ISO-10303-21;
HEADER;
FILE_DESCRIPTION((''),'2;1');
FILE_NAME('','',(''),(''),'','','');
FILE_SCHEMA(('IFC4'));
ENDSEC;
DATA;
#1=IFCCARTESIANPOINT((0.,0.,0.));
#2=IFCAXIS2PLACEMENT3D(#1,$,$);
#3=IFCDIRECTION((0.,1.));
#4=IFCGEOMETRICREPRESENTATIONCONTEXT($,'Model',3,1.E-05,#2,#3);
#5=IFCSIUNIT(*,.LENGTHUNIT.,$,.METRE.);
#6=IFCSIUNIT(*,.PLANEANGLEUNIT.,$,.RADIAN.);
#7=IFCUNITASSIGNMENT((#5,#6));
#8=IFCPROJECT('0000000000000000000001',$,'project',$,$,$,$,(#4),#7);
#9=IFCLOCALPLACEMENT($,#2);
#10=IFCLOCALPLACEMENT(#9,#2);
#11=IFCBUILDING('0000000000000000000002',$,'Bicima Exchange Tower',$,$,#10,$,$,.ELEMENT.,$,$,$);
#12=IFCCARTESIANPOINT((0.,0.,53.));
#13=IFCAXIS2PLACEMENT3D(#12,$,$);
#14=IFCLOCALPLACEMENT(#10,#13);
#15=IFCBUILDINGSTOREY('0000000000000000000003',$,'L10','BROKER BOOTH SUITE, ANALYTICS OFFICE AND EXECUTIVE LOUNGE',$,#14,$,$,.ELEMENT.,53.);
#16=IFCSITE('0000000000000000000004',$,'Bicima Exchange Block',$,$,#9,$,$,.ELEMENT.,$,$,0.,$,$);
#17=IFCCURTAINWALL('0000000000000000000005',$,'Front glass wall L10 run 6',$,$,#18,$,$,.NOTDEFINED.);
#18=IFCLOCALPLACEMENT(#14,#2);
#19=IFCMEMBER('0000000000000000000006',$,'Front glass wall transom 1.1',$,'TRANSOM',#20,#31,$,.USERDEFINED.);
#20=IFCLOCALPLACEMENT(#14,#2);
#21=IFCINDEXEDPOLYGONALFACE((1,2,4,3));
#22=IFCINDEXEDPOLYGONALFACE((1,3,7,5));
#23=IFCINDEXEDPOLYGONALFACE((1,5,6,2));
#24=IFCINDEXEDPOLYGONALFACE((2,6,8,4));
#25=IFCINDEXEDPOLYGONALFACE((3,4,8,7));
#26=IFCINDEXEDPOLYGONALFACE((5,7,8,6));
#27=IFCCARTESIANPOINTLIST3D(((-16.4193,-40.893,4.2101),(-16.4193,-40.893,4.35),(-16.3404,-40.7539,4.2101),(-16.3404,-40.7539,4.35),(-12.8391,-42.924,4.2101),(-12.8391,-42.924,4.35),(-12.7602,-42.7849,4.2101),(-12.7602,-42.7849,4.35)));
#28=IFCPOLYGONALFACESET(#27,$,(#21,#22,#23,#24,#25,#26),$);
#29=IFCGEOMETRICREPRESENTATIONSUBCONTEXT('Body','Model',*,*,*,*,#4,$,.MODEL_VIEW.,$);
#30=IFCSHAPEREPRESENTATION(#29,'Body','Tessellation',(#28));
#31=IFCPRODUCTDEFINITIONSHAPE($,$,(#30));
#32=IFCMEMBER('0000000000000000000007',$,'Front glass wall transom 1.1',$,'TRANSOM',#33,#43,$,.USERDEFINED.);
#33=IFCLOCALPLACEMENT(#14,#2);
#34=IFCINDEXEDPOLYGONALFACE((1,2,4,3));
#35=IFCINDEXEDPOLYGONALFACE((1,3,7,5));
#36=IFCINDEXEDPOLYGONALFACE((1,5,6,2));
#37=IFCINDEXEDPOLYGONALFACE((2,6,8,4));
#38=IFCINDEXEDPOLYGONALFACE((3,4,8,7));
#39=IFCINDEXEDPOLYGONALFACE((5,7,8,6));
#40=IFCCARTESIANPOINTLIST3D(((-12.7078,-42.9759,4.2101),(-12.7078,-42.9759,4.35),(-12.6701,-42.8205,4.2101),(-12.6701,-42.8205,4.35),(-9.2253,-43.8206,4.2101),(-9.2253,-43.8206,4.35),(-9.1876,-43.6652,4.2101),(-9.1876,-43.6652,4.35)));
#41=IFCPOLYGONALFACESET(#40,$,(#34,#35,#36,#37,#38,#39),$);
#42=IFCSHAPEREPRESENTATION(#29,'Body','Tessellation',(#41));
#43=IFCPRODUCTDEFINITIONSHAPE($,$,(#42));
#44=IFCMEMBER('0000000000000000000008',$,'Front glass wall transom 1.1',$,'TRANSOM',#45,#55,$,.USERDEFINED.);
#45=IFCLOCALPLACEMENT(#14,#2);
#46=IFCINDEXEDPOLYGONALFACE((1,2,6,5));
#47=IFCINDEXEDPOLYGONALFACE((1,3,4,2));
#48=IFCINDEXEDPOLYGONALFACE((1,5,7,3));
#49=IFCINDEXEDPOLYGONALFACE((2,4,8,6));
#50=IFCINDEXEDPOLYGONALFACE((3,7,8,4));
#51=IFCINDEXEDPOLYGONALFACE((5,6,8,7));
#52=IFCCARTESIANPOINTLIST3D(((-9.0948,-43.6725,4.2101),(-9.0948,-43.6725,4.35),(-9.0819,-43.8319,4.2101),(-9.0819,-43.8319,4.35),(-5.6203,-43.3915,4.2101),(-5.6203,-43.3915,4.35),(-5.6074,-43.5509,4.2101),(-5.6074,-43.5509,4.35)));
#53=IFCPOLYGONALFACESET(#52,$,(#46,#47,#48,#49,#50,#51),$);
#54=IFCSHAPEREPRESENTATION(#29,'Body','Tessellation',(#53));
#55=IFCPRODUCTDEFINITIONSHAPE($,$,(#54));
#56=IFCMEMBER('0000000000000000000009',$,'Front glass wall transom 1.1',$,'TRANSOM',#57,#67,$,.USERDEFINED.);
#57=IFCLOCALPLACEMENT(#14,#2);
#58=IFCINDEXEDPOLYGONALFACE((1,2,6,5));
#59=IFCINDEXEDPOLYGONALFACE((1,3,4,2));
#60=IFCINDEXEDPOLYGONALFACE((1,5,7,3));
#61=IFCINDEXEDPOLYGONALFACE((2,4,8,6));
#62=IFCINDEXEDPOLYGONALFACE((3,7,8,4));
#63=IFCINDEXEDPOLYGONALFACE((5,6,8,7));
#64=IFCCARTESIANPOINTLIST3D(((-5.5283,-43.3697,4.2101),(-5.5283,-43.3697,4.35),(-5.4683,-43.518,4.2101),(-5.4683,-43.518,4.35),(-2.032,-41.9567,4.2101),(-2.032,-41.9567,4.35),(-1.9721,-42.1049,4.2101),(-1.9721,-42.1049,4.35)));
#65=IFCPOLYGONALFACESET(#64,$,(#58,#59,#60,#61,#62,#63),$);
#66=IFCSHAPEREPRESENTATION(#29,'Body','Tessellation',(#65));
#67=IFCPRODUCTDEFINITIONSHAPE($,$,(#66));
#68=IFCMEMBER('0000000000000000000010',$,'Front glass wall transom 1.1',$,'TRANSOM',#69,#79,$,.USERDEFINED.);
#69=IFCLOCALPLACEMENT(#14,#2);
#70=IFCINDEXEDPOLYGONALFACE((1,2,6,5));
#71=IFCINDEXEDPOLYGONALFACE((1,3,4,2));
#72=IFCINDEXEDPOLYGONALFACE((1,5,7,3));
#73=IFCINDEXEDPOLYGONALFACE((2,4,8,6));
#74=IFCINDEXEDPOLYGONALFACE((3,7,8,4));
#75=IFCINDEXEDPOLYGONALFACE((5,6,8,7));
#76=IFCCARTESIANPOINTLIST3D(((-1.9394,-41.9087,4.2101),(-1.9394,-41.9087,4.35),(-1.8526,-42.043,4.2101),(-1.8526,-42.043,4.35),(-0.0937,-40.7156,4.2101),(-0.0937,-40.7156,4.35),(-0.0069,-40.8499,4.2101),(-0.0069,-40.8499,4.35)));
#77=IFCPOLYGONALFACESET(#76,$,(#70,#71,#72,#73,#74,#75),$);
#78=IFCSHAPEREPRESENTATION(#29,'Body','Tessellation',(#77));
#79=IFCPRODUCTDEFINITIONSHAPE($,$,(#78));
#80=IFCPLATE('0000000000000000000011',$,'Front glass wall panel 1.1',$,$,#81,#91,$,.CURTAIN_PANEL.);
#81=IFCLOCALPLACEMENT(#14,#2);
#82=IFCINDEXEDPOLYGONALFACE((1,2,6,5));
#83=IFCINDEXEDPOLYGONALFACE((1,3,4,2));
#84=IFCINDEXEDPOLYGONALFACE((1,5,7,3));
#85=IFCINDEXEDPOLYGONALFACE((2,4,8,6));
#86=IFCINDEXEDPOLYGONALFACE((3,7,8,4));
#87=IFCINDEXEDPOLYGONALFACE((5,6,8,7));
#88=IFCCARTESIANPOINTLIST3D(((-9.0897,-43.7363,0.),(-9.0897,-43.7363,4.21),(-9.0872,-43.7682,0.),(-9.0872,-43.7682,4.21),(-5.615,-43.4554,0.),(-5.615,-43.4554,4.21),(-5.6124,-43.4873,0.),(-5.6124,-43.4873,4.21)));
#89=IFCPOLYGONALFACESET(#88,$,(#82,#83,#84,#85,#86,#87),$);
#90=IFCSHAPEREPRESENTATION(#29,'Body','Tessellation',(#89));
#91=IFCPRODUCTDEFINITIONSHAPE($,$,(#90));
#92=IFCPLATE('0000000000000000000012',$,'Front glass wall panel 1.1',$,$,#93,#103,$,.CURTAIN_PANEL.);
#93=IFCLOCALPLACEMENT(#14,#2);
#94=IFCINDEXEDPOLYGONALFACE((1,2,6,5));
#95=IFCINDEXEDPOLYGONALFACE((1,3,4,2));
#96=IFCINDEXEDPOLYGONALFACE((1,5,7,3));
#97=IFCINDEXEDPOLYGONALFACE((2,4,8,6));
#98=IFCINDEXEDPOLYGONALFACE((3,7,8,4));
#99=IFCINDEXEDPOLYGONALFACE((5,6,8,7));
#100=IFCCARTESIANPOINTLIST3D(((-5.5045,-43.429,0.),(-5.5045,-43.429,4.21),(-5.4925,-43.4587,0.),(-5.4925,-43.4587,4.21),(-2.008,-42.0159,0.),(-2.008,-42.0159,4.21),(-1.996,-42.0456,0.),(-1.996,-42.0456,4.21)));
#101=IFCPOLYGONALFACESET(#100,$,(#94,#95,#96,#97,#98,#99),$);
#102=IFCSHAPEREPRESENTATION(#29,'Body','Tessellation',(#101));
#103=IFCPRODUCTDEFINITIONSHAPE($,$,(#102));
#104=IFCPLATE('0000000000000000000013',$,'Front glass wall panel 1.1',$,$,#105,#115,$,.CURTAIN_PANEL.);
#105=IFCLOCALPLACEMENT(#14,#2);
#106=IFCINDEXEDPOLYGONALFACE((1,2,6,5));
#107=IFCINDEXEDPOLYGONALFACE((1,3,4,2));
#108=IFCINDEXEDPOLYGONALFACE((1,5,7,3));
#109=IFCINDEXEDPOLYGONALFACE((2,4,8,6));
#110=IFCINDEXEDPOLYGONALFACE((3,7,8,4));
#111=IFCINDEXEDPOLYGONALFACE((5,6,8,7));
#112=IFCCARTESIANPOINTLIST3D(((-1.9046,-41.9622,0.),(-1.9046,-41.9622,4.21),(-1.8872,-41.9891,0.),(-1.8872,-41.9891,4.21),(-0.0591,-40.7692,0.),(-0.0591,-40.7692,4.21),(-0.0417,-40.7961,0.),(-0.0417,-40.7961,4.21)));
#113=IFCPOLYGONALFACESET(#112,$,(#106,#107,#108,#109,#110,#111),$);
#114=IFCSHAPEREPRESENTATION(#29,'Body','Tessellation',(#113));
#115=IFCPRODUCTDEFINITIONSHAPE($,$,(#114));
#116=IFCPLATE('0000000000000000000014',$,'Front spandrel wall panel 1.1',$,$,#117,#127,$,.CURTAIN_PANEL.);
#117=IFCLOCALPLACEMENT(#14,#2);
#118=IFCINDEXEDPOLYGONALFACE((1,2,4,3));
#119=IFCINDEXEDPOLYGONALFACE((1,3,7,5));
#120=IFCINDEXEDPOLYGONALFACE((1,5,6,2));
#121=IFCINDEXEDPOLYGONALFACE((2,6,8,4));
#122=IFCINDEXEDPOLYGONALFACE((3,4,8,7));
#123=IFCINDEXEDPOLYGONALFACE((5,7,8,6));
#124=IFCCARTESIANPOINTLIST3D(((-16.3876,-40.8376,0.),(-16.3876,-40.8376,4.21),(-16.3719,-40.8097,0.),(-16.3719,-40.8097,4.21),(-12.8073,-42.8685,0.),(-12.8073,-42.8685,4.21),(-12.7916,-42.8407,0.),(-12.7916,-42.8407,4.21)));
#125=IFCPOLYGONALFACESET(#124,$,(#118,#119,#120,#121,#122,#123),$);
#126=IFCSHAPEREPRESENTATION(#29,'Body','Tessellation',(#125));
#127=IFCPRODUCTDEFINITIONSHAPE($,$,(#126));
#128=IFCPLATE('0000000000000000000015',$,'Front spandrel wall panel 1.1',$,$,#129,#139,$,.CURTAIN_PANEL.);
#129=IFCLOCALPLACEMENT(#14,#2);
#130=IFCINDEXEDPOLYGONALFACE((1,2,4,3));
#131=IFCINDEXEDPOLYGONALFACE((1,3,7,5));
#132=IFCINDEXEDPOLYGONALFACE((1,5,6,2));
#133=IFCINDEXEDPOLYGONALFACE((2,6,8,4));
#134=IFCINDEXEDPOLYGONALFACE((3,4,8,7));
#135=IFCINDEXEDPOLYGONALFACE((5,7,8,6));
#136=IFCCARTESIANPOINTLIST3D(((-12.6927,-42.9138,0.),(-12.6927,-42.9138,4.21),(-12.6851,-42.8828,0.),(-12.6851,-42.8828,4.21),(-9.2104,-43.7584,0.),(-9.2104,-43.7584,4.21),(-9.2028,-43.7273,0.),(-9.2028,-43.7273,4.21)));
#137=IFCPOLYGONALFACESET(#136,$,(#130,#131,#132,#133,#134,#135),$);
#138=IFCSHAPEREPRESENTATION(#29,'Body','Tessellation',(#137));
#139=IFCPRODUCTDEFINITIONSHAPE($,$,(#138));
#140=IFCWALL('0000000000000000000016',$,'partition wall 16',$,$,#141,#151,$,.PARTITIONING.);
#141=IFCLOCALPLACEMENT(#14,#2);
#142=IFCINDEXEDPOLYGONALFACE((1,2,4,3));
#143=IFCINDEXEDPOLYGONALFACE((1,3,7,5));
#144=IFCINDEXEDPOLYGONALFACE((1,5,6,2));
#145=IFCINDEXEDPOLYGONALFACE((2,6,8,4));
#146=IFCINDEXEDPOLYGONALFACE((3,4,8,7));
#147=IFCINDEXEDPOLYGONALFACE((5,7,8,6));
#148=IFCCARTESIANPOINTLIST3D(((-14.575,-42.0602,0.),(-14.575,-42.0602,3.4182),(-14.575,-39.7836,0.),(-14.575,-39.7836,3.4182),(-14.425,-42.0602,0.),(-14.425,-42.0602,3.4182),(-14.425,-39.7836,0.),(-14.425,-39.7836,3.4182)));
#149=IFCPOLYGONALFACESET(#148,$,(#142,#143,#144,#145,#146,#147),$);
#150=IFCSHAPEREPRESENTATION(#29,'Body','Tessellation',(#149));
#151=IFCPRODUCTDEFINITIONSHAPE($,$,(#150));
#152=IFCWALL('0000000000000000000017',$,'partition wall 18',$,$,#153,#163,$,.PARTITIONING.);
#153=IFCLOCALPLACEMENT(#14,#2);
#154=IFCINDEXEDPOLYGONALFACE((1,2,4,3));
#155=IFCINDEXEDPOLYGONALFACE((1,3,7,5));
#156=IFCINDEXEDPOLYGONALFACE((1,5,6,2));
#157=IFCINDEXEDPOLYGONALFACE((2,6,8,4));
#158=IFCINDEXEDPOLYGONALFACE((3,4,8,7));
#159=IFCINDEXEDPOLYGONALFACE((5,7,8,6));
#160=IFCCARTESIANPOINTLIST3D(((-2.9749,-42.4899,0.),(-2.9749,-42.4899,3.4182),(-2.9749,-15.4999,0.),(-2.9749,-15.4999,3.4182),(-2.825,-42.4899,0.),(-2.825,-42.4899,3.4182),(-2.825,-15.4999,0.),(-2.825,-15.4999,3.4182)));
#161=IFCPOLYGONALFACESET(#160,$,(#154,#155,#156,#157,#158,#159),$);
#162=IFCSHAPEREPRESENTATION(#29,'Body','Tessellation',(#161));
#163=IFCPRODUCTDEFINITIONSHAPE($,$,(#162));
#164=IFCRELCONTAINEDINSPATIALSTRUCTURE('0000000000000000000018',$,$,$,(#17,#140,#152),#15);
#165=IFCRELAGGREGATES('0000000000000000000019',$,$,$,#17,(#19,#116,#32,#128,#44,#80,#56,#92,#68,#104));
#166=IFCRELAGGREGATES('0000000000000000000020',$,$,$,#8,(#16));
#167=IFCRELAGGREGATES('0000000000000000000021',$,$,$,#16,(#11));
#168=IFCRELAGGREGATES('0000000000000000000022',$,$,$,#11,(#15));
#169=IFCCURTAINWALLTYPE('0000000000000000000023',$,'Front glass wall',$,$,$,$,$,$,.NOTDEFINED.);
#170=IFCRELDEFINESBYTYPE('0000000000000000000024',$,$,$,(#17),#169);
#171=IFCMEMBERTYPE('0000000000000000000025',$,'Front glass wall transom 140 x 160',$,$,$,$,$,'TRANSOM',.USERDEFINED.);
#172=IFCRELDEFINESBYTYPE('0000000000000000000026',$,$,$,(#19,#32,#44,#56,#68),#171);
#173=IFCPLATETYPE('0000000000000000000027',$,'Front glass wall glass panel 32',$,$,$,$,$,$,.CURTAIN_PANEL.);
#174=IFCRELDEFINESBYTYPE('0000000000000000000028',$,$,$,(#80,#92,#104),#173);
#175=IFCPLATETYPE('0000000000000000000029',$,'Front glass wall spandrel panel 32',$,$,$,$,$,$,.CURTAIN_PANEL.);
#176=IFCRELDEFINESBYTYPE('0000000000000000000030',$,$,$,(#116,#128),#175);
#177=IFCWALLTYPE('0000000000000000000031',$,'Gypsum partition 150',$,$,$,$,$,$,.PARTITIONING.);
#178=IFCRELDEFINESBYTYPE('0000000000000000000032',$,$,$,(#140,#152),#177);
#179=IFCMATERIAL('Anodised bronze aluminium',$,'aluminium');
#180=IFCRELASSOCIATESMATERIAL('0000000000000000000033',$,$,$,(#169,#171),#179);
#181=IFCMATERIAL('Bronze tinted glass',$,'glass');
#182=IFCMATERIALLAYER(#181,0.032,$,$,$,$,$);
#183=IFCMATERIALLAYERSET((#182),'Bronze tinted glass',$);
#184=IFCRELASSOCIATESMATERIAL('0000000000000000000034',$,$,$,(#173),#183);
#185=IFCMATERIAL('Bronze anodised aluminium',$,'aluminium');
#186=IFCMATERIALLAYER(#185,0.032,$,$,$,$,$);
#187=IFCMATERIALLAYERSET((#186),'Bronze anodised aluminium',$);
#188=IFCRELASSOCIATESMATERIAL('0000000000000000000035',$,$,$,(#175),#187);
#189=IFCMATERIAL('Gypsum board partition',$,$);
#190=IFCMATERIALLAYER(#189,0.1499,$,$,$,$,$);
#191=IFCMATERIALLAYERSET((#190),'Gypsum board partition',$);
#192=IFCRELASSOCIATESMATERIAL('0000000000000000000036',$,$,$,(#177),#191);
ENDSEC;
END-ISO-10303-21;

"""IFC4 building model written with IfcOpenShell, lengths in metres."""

from ifc_helpers import new_model, si_unit, direction, frame, frame_2d, origin, origin_2d, place, context, subcontext, project, spatial, rectangle, extrude, material, layer, layer_set, material_profile, profile_set, type_object, element, aggregate, save


model = new_model("IFC4")

# Units and contexts
model_context = context("Model", 3, precision=1e-05, world=origin(), true_north=direction((0.0, 1.0)))
body_context = subcontext(model_context, "Body", "Model", "MODEL_VIEW")
ifc_project = project(units=[si_unit("LENGTHUNIT", "METRE"), si_unit("PLANEANGLEUNIT", "RADIAN")], contexts=[model_context])

# Site, building, storey
site_placement = place(None, origin())
site = spatial("IfcSite", under=ifc_project, at=site_placement, Name="Bicima Exchange Block", CompositionType="ELEMENT", RefElevation=0.0)
building_placement = place(site_placement, origin())
building = spatial("IfcBuilding", under=site, at=building_placement, Name="Bicima Exchange Tower", CompositionType="ELEMENT")
storey_placement = place(building_placement, frame((0.0, 0.0, 53.0)))
storey = spatial("IfcBuildingStorey", under=building, at=storey_placement, Name="L10", Description="BROKER BOOTH SUITE, ANALYTICS OFFICE AND EXECUTIVE LOUNGE", CompositionType="ELEMENT", Elevation=53.0)

# Curtain wall, members, plates
ifc_material_1 = material(Name="Anodised bronze aluminium", Category="aluminium")
curtain_wall_type = type_object("IfcCurtainWallType", Name="Front glass wall", PredefinedType="NOTDEFINED", material=ifc_material_1)
curtain_wall_placement = place(storey_placement, origin())
curtain_wall = element("IfcCurtainWall", 1, at=curtain_wall_placement, inside=storey, type_object=curtain_wall_type, Name="Front glass wall L10 run 6", PredefinedType="NOTDEFINED")
ifc_material_profile_1 = material_profile(ifc_material_1, rectangle(XDim=0.1599, YDim=0.1399, at=origin_2d()))
ifc_profile_set_1 = profile_set([ifc_material_profile_1], Name="Anodised bronze aluminium")
member_type_1 = type_object("IfcMemberType", Name="Front glass wall transom 140 x 160", ElementType="TRANSOM", PredefinedType="USERDEFINED", material=ifc_profile_set_1)
member_1_placement = place(storey_placement, frame((-16.3799, -40.8235, 4.28), z_axis=(0.869797, -0.493409, 0.0), x_axis=(0.493409, 0.869797, 0.0)))
member_1 = element("IfcMember", 2, at=member_1_placement, type_object=member_type_1, Name="Front glass wall transom 1.1", ObjectType="TRANSOM", PredefinedType="USERDEFINED", context=body_context, shape_type="SweptSolid", body=[
    extrude(rectangle(XDim=0.1599, YDim=0.1399, at=origin_2d()), origin(), (0.0, 0.0, 1.0), 4.1162),
])
member_2_placement = place(storey_placement, frame((-12.689, -42.8982, 4.28), z_axis=(0.971818, -0.235733, 0.0), x_axis=(0.235733, 0.971818, 0.0)))
member_2 = element("IfcMember", 3, at=member_2_placement, type_object=member_type_1, Name="Front glass wall transom 1.1", ObjectType="TRANSOM", PredefinedType="USERDEFINED", context=body_context, shape_type="SweptSolid", body=[
    extrude(rectangle(XDim=0.1599, YDim=0.1399, at=origin_2d()), origin(), (0.0, 0.0, 1.0), 3.5835),
])
member_3_placement = place(storey_placement, frame((-9.0884, -43.7522, 4.28), z_axis=(0.996746, 0.080611, 0.0), x_axis=(-0.080611, 0.996746, 0.0)))
member_3 = element("IfcMember", 4, at=member_3_placement, type_object=member_type_1, Name="Front glass wall transom 1.1", ObjectType="TRANSOM", PredefinedType="USERDEFINED", context=body_context, shape_type="SweptSolid", body=[
    extrude(rectangle(XDim=0.1599, YDim=0.1399, at=origin_2d()), origin(), (0.0, 0.0, 1.0), 3.4858),
])
member_4_placement = place(storey_placement, frame((-5.4983, -43.4438, 4.28), z_axis=(0.92714, 0.374715, 0.0), x_axis=(-0.374715, 0.92714, 0.0)))
member_4 = element("IfcMember", 5, at=member_4_placement, type_object=member_type_1, Name="Front glass wall transom 1.1", ObjectType="TRANSOM", PredefinedType="USERDEFINED", context=body_context, shape_type="SweptSolid", body=[
    extrude(rectangle(XDim=0.1599, YDim=0.1399, at=origin_2d()), origin(), (0.0, 0.0, 1.0), 3.771),
])
member_5_placement = place(storey_placement, frame((-1.896, -41.9758, 4.28), z_axis=(0.839811, 0.542878, 0.0), x_axis=(-0.542878, 0.839811, 0.0)))
member_5 = element("IfcMember", 6, at=member_5_placement, type_object=member_type_1, Name="Front glass wall transom 1.1", ObjectType="TRANSOM", PredefinedType="USERDEFINED", context=body_context, shape_type="SweptSolid", body=[
    extrude(rectangle(XDim=0.1599, YDim=0.1399, at=origin_2d()), origin(), (0.0, 0.0, 1.0), 2.1978),
])
ifc_material_2 = material(Name="Bronze tinted glass", Category="glass")
ifc_layer_1 = layer(ifc_material_2, 0.032)
ifc_layer_set_1 = layer_set([ifc_layer_1], Name="Bronze tinted glass")
plate_type_1 = type_object("IfcPlateType", Name="Front glass wall glass panel 32", PredefinedType="CURTAIN_PANEL", material=ifc_layer_set_1)
plate_1_placement = place(storey_placement, frame((-7.3511, -43.6118, 0.0), z_axis=(0.0, 0.0, 1.0), x_axis=(0.996747, 0.080589, 0.0)))
plate_1 = element("IfcPlate", 7, at=plate_1_placement, type_object=plate_type_1, Name="Front glass wall panel 1.1", PredefinedType="CURTAIN_PANEL", context=body_context, shape_type="SweptSolid", body=[
    extrude(rectangle(XDim=3.4861, YDim=0.032, at=origin_2d()), origin(), (0.0, 0.0, 1.0), 4.21),
])
plate_2_placement = place(storey_placement, frame((-3.7502, -42.7373, 0.0), z_axis=(0.0, 0.0, 1.0), x_axis=(0.927144, 0.374705, 0.0)))
plate_2 = element("IfcPlate", 8, at=plate_2_placement, type_object=plate_type_1, Name="Front glass wall panel 1.1", PredefinedType="CURTAIN_PANEL", context=body_context, shape_type="SweptSolid", body=[
    extrude(rectangle(XDim=3.7712, YDim=0.032, at=origin_2d()), origin(), (0.0, 0.0, 1.0), 4.21),
])
plate_3_placement = place(storey_placement, frame((-0.9731, -41.3792, 0.0), z_axis=(0.0, 0.0, 1.0), x_axis=(0.839799, 0.542897, 0.0)))
plate_3 = element("IfcPlate", 9, at=plate_3_placement, type_object=plate_type_1, Name="Front glass wall panel 1.1", PredefinedType="CURTAIN_PANEL", context=body_context, shape_type="SweptSolid", body=[
    extrude(rectangle(XDim=2.1975, YDim=0.032, at=origin_2d()), origin(), (0.0, 0.0, 1.0), 4.21),
])
ifc_material_3 = material(Name="Bronze anodised aluminium", Category="aluminium")
ifc_layer_2 = layer(ifc_material_3, 0.032)
ifc_layer_set_2 = layer_set([ifc_layer_2], Name="Bronze anodised aluminium")
plate_type_2 = type_object("IfcPlateType", Name="Front glass wall spandrel panel 32", PredefinedType="CURTAIN_PANEL", material=ifc_layer_set_2)
plate_4_placement = place(storey_placement, frame((-14.5896, -41.8391, 0.0), z_axis=(0.0, 0.0, 1.0), x_axis=(0.869805, -0.493395, 0.0)))
plate_4 = element("IfcPlate", 10, at=plate_4_placement, type_object=plate_type_2, Name="Front spandrel wall panel 1.1", PredefinedType="CURTAIN_PANEL", context=body_context, shape_type="SweptSolid", body=[
    extrude(rectangle(XDim=4.1162, YDim=0.032, at=origin_2d()), origin(), (0.0, 0.0, 1.0), 4.21),
])
plate_5_placement = place(storey_placement, frame((-10.9478, -43.3206, 0.0), z_axis=(0.0, 0.0, 1.0), x_axis=(0.97183, -0.235682, 0.0)))
plate_5 = element("IfcPlate", 11, at=plate_5_placement, type_object=plate_type_2, Name="Front spandrel wall panel 1.1", PredefinedType="CURTAIN_PANEL", context=body_context, shape_type="SweptSolid", body=[
    extrude(rectangle(XDim=3.5833, YDim=0.032, at=origin_2d()), origin(), (0.0, 0.0, 1.0), 4.21),
])
aggregate(curtain_wall, [member_1, plate_4, member_2, plate_5, member_3, plate_1, member_4, plate_2, member_5, plate_3])

# Walls
ifc_material_4 = material(Name="Gypsum board partition")
ifc_layer_3 = layer(ifc_material_4, 0.1499)
ifc_layer_set_3 = layer_set([ifc_layer_3], Name="Gypsum board partition")
wall_type = type_object("IfcWallType", Name="Gypsum partition 150", PredefinedType="PARTITIONING", material=ifc_layer_set_3)
wall_1_placement = place(storey_placement, frame((-14.5, -42.0601, 0.0), z_axis=(0.0, 0.0, 1.0), x_axis=(0.0, 1.0, 0.0)))
element("IfcWall", 12, at=wall_1_placement, inside=storey, type_object=wall_type, Name="partition wall 16", PredefinedType="PARTITIONING", context=body_context, shape_type="SweptSolid", body=[
    extrude(rectangle(XDim=2.2766, YDim=0.1499, at=frame_2d((1.1382, 0.0))), origin(), (0.0, 0.0, 1.0), 3.4182),
])
wall_2_placement = place(storey_placement, frame((-2.8999, -42.49, 0.0), z_axis=(0.0, 0.0, 1.0), x_axis=(0.0, 1.0, 0.0)))
element("IfcWall", 13, at=wall_2_placement, inside=storey, type_object=wall_type, Name="partition wall 18", PredefinedType="PARTITIONING", context=body_context, shape_type="SweptSolid", body=[
    extrude(rectangle(XDim=26.99, YDim=0.1499, at=frame_2d((13.4951, 0.0))), origin(), (0.0, 0.0, 1.0), 3.4182),
])

save(model, "model.ifc")
